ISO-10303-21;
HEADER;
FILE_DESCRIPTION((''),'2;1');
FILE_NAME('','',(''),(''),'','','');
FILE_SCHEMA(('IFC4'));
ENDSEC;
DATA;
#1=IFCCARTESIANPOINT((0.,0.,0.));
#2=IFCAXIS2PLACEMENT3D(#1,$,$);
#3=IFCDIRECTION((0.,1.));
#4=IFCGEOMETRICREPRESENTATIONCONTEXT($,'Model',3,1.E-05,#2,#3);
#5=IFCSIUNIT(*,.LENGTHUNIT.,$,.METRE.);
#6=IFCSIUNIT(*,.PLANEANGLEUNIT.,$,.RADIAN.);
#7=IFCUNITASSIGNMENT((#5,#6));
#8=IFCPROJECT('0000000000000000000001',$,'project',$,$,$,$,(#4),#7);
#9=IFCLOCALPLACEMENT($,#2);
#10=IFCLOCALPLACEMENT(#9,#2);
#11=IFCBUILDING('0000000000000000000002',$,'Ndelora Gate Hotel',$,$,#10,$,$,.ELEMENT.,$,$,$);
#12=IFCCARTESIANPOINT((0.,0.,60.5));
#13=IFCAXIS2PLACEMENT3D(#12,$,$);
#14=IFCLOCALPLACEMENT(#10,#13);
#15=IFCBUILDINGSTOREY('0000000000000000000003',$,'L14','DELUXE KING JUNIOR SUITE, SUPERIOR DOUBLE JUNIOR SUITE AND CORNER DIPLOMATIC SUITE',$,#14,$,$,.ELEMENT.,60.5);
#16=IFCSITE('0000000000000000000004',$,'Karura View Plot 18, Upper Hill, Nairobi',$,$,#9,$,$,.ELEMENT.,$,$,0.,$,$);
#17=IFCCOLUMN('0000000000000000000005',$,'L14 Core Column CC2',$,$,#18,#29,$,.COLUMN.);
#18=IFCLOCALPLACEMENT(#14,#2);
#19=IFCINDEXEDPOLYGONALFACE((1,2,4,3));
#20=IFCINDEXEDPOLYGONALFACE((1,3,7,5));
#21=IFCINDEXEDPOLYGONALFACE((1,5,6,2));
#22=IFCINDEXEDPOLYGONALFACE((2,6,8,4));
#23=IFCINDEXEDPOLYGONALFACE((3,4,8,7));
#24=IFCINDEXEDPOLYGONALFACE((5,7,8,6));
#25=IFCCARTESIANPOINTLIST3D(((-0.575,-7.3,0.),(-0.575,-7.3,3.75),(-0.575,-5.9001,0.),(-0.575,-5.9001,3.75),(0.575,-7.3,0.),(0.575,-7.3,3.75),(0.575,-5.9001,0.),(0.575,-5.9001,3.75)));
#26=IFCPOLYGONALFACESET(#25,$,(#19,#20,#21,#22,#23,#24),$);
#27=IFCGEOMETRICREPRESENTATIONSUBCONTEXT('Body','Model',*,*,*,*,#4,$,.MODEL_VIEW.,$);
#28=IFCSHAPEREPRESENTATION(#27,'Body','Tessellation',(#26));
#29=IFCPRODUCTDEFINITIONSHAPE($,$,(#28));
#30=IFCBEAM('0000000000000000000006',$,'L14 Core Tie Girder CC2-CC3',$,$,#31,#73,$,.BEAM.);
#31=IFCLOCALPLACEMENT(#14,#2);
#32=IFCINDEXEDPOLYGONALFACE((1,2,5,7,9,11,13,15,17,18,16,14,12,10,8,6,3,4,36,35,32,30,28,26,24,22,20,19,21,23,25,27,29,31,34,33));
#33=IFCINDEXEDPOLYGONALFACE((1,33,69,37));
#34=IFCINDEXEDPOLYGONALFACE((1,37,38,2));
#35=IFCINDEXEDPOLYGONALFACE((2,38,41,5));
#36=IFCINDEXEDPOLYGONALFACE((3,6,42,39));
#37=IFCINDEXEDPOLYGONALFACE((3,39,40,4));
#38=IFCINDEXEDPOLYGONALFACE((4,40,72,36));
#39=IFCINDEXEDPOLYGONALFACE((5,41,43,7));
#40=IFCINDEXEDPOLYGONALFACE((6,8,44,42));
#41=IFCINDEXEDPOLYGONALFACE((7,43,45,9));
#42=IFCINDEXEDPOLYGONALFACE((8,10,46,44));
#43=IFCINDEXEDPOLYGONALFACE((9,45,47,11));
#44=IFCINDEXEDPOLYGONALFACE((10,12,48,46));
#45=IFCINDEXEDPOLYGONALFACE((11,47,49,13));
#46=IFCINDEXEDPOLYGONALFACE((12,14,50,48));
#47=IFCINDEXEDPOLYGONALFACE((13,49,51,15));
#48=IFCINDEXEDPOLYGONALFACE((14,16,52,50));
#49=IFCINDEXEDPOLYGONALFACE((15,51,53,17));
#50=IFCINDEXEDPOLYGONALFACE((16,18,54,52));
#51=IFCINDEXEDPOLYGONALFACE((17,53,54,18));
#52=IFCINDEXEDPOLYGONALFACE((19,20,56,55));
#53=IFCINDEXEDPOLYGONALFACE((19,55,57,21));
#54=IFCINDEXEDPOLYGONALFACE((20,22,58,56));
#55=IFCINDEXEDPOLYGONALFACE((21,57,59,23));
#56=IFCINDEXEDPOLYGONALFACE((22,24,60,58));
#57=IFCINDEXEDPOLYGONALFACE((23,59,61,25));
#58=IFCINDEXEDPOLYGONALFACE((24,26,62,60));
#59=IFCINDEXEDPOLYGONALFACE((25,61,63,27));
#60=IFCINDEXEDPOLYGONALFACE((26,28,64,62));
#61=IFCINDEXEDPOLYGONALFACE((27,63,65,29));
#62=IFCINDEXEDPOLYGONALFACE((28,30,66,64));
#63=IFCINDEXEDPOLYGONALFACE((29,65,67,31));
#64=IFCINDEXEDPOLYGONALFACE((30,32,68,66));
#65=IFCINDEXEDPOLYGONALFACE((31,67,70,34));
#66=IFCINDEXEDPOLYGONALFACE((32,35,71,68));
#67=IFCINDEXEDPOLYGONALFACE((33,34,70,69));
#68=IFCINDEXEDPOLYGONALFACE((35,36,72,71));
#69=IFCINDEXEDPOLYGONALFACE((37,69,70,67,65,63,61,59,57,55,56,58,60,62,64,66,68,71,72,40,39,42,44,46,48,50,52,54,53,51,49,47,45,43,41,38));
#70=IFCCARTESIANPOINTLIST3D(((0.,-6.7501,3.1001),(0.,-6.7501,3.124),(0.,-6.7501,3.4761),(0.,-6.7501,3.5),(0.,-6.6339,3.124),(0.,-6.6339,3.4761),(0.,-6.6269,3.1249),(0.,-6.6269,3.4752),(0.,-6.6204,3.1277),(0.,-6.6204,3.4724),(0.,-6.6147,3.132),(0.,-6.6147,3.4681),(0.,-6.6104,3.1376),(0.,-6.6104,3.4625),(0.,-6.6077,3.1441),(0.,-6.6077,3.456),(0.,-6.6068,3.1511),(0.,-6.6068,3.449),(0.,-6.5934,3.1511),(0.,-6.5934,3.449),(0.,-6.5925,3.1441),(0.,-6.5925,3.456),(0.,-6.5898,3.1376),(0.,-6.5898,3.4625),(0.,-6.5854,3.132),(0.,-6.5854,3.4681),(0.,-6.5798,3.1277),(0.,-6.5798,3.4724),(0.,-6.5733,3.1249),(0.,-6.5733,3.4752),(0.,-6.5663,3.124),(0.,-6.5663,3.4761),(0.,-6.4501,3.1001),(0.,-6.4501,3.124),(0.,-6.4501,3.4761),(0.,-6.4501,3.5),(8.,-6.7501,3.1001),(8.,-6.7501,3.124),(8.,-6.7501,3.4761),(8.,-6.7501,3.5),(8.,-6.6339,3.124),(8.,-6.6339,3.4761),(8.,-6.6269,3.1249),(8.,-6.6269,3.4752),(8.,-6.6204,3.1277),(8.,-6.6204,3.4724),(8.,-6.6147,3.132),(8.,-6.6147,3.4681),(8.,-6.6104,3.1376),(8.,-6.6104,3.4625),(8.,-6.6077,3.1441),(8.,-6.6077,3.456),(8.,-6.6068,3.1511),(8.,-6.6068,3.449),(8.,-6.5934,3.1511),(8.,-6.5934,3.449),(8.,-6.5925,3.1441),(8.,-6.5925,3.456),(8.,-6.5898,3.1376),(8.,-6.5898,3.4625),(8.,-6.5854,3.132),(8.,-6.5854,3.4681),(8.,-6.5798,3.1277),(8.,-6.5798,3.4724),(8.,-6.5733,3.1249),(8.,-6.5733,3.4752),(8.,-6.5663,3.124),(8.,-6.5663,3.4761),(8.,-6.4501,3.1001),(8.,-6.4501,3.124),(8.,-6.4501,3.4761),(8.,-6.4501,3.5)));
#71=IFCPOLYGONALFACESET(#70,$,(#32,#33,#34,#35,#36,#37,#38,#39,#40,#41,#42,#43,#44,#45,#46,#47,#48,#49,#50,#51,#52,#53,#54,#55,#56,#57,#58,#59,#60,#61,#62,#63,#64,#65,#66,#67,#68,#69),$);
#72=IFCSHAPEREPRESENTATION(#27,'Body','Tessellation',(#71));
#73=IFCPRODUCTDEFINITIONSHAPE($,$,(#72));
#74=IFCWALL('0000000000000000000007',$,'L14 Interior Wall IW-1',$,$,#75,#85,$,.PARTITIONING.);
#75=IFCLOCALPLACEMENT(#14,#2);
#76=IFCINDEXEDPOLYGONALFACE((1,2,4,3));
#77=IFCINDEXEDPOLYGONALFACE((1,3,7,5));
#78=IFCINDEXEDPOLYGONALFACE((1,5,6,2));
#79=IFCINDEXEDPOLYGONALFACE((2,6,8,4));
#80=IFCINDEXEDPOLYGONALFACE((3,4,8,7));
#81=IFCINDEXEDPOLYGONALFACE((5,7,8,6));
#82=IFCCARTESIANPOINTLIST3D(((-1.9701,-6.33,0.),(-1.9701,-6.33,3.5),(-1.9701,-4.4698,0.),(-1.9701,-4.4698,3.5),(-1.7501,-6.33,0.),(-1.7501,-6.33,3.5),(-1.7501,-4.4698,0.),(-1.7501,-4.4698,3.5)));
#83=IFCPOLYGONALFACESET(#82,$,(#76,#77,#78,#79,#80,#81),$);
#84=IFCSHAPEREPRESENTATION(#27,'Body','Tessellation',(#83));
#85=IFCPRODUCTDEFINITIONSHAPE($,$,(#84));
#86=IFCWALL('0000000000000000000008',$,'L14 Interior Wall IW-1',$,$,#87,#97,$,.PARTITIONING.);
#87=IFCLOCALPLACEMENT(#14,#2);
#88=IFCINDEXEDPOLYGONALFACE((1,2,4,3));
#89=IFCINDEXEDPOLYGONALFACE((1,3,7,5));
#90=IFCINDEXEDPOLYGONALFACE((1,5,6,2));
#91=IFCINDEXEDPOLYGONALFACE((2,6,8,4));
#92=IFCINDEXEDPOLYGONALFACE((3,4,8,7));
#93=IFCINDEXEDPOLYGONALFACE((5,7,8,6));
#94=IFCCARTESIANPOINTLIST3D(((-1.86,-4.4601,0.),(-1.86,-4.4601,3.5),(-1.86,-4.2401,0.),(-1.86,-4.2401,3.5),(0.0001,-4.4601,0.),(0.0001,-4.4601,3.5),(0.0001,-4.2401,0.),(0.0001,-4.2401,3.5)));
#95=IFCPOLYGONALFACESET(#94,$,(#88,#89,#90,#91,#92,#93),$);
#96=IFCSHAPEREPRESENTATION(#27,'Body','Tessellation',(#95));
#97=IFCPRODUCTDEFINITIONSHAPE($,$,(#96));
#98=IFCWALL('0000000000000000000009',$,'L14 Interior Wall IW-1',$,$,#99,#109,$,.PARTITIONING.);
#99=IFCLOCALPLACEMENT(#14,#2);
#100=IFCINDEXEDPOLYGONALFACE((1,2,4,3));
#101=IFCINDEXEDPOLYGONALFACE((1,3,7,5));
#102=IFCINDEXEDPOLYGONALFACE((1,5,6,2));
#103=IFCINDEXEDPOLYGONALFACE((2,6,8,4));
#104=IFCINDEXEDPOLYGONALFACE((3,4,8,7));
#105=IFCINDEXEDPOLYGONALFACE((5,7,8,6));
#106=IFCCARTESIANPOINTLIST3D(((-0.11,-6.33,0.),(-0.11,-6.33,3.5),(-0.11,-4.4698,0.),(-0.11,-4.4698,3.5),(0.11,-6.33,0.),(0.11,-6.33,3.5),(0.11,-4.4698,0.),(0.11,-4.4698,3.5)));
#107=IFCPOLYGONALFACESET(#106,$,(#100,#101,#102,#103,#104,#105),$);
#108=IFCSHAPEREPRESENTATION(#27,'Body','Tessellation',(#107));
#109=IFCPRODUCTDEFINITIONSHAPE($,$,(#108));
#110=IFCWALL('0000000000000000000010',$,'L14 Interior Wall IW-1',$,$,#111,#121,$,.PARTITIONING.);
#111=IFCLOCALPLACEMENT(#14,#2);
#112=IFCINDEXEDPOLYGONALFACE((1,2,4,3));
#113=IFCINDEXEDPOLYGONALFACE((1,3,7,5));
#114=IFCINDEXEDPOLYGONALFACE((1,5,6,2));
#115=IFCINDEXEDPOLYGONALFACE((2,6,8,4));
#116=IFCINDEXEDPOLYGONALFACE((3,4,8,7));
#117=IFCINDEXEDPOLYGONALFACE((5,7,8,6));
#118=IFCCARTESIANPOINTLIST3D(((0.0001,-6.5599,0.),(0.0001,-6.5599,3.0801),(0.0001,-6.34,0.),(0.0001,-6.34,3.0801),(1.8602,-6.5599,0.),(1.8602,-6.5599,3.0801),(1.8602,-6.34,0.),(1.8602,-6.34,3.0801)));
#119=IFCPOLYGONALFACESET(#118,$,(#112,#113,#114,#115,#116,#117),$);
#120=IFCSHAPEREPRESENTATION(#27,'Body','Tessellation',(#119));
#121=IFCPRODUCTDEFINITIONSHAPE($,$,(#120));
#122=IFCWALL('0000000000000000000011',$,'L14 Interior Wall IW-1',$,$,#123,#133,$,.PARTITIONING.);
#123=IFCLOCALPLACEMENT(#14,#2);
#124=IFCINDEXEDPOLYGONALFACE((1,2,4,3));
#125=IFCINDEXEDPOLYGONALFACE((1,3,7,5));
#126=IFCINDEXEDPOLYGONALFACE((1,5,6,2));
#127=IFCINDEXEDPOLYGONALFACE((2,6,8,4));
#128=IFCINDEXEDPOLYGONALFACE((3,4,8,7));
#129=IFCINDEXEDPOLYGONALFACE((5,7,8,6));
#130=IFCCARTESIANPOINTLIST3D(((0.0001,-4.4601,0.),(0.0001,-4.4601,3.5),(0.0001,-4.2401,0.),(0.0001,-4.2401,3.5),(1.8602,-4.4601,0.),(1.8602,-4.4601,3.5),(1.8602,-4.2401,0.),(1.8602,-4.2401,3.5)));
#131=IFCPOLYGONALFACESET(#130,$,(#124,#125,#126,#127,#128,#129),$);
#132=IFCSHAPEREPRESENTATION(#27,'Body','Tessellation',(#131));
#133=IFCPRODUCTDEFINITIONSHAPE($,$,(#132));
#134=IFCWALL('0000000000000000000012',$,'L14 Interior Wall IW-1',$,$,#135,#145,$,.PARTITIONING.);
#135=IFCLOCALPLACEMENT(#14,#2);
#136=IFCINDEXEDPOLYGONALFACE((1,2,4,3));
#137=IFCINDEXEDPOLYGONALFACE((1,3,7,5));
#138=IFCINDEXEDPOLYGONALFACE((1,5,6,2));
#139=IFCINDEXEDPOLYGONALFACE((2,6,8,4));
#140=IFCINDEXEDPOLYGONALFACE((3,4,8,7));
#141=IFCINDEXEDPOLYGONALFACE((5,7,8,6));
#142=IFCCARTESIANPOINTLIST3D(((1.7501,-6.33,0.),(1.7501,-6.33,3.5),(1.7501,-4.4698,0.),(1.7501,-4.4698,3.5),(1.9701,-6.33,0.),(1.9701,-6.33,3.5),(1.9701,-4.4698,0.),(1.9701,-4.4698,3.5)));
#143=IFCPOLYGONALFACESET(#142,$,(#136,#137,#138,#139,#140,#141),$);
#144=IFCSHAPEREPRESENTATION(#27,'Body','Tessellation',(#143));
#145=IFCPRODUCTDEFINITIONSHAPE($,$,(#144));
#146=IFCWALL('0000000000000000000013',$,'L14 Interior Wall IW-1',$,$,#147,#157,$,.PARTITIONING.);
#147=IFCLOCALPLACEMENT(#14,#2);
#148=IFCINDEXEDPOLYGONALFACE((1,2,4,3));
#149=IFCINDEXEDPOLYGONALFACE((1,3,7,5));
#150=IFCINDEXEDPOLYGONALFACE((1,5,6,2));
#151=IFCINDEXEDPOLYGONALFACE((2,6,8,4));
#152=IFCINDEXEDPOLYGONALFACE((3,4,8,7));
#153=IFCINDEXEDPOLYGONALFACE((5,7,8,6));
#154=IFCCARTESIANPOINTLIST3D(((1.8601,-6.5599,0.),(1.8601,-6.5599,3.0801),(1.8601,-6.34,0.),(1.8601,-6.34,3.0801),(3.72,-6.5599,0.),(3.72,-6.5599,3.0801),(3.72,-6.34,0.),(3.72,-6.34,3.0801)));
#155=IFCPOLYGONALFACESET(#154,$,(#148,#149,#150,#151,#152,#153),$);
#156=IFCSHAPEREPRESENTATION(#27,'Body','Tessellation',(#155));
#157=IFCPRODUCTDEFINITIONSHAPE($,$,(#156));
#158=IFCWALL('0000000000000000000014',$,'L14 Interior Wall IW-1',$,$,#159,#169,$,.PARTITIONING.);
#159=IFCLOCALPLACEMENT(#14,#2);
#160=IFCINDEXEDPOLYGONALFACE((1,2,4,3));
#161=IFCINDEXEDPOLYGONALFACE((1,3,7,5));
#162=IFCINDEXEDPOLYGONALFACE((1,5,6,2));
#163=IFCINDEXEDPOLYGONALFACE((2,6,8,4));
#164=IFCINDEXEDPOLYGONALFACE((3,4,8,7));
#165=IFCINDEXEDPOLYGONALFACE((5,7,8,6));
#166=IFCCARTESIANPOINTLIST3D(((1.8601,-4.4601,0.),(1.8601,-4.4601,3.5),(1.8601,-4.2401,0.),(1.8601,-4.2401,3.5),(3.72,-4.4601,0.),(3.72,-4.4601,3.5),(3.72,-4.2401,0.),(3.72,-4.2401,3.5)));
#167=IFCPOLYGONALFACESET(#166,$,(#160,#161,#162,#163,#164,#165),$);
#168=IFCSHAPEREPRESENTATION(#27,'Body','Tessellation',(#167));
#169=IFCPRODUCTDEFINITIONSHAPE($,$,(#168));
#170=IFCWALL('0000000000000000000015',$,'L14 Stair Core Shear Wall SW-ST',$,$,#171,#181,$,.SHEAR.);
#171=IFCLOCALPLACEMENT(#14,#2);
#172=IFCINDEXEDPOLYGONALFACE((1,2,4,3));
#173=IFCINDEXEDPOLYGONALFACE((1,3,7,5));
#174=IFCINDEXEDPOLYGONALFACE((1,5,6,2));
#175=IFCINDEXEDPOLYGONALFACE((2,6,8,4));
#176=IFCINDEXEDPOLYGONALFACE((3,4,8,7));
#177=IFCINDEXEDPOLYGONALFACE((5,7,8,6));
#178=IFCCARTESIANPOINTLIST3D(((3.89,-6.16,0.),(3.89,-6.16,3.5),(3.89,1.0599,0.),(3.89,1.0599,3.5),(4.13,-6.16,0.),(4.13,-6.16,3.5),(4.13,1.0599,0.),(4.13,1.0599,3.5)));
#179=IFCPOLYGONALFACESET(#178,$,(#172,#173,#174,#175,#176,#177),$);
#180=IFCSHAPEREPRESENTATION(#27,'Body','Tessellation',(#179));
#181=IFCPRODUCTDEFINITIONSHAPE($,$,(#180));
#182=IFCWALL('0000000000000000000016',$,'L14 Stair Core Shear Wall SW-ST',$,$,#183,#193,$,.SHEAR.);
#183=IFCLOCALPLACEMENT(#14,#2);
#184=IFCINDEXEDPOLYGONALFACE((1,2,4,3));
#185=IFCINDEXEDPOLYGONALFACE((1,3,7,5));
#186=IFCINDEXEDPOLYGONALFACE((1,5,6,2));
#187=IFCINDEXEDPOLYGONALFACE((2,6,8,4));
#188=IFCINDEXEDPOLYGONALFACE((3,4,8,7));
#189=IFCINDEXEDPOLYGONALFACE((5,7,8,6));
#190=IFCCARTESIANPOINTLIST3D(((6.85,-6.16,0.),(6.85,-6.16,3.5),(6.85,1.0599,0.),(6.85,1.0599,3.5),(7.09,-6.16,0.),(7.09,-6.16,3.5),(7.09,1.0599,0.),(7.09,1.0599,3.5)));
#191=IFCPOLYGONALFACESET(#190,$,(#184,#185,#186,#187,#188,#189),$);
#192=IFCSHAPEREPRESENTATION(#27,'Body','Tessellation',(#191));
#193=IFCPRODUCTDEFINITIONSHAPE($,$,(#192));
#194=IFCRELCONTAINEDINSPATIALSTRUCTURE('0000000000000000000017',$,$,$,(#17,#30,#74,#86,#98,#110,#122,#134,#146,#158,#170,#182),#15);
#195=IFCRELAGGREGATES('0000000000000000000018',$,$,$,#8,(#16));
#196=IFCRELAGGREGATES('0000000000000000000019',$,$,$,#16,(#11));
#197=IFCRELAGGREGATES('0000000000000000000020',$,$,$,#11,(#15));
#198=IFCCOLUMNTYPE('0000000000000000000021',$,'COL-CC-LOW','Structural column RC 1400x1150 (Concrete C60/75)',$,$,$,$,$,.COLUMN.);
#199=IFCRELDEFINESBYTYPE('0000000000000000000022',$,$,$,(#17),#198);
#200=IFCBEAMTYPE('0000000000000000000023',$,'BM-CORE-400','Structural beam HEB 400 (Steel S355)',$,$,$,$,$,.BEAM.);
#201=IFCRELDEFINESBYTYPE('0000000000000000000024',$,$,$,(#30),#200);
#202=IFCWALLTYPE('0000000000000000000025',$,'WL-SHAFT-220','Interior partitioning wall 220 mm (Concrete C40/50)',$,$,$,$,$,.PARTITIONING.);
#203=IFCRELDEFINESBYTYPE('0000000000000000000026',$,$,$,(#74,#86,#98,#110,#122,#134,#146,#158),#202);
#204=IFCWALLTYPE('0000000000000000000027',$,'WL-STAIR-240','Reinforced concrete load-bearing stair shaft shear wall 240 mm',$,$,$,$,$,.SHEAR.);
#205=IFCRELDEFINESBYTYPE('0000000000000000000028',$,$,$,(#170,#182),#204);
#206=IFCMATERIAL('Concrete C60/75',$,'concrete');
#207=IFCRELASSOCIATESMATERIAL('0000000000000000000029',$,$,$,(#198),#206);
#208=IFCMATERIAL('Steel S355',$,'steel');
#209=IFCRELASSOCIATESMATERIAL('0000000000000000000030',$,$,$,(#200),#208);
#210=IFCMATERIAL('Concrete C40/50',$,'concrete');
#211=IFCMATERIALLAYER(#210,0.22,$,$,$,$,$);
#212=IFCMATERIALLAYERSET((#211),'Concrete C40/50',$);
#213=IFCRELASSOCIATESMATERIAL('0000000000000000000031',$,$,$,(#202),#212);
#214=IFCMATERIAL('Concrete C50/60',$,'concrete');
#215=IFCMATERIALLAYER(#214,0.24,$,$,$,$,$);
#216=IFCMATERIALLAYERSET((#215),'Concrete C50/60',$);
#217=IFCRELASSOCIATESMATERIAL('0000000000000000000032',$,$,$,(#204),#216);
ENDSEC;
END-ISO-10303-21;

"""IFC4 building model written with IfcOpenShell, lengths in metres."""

from ifc_helpers import new_model, si_unit, direction, frame, frame_2d, origin, origin_2d, place, context, subcontext, project, spatial, rectangle, i_section, extrude, material, layer, layer_set, material_profile, profile_set, type_object, element, save


model = new_model("IFC4")

# Units and contexts
model_context = context("Model", 3, precision=1e-05, world=origin(), true_north=direction((0.0, 1.0)))
body_context = subcontext(model_context, "Body", "Model", "MODEL_VIEW")
ifc_project = project(units=[si_unit("LENGTHUNIT", "METRE"), si_unit("PLANEANGLEUNIT", "RADIAN")], contexts=[model_context])

# Site, building, storey
site_placement = place(None, origin())
site = spatial("IfcSite", under=ifc_project, at=site_placement, Name="Karura View Plot 18, Upper Hill, Nairobi", CompositionType="ELEMENT", RefElevation=0.0)
building_placement = place(site_placement, origin())
building = spatial("IfcBuilding", under=site, at=building_placement, Name="Ndelora Gate Hotel", CompositionType="ELEMENT")
storey_placement = place(building_placement, frame((0.0, 0.0, 60.5)))
storey = spatial("IfcBuildingStorey", under=building, at=storey_placement, Name="L14", Description="DELUXE KING JUNIOR SUITE, SUPERIOR DOUBLE JUNIOR SUITE AND CORNER DIPLOMATIC SUITE", CompositionType="ELEMENT", Elevation=60.5)

# Column
ifc_material_1 = material(Name="Concrete C60/75", Category="concrete")
ifc_material_profile_1 = material_profile(ifc_material_1, rectangle(XDim=1.1499, YDim=1.3999, at=origin_2d()), Name="RC 1400x1150")
ifc_profile_set_1 = profile_set([ifc_material_profile_1], Name="Concrete C60/75")
column_type = type_object("IfcColumnType", Name="COL-CC-LOW", Description="Structural column RC 1400x1150 (Concrete C60/75)", PredefinedType="COLUMN", material=ifc_profile_set_1)
column_placement = place(storey_placement, frame((0.0, -6.6001, 0.0), z_axis=(0.0, 0.0, 1.0), x_axis=(1.0, 0.0, 0.0)))
element("IfcColumn", 1, at=column_placement, inside=storey, type_object=column_type, Name="L14 Core Column CC2", PredefinedType="COLUMN", context=body_context, shape_type="SweptSolid", body=[
    extrude(rectangle(XDim=1.1499, YDim=1.3999, at=origin_2d()), origin(), (0.0, 0.0, 1.0), 3.75),
])

# Beam
ifc_material_2 = material(Name="Steel S355", Category="steel")
ifc_material_profile_2 = material_profile(ifc_material_2, i_section(OverallWidth=0.3, OverallDepth=0.3999, WebThickness=0.0134, FlangeThickness=0.0239, FilletRadius=0.0271, at=origin_2d()), Name="HEB 400")
ifc_profile_set_2 = profile_set([ifc_material_profile_2], Name="Steel S355")
beam_type = type_object("IfcBeamType", Name="BM-CORE-400", Description="Structural beam HEB 400 (Steel S355)", PredefinedType="BEAM", material=ifc_profile_set_2)
beam_placement = place(storey_placement, frame((0.0, -6.6001, 3.3), z_axis=(1.0, 0.0, 0.0), x_axis=(0.0, 1.0, 0.0)))
element("IfcBeam", 2, at=beam_placement, inside=storey, type_object=beam_type, Name="L14 Core Tie Girder CC2-CC3", PredefinedType="BEAM", context=body_context, shape_type="SweptSolid", body=[
    extrude(i_section(OverallWidth=0.3, OverallDepth=0.3999, WebThickness=0.0134, FlangeThickness=0.0239, FilletRadius=0.0271, at=origin_2d()), origin(), (0.0, 0.0, 1.0), 8.0),
])

# Wall
ifc_material_3 = material(Name="Concrete C40/50", Category="concrete")
ifc_layer_1 = layer(ifc_material_3, 0.22)
ifc_layer_set_1 = layer_set([ifc_layer_1], Name="Concrete C40/50")
wall_type_1 = type_object("IfcWallType", Name="WL-SHAFT-220", Description="Interior partitioning wall 220 mm (Concrete C40/50)", PredefinedType="PARTITIONING", material=ifc_layer_set_1)
wall_1_placement = place(storey_placement, frame((-1.8601, -6.3301, 0.0), z_axis=(0.0, 0.0, 1.0), x_axis=(0.0, 1.0, 0.0)))
element("IfcWall", 3, at=wall_1_placement, inside=storey, type_object=wall_type_1, Name="L14 Interior Wall IW-1", PredefinedType="PARTITIONING", context=body_context, shape_type="SweptSolid", body=[
    extrude(rectangle(XDim=1.8601, YDim=0.22, at=frame_2d((0.9302, 0.0))), origin(), (0.0, 0.0, 1.0), 3.5),
])

# Walls
for number, where, z_axis, x_axis, name in (
    (4, (-1.8601, -4.3501, 0.0), (0.0, 0.0, 1.0), (1.0, 0.0, 0.0), "L14 Interior Wall IW-1"),
    (5, (0.0, -6.3301, 0.0), (0.0, 0.0, 1.0), (0.0, 1.0, 0.0), "L14 Interior Wall IW-1"),
):
    element("IfcWall", number, at=place(storey_placement, frame(where, z_axis=z_axis, x_axis=x_axis)), inside=storey, type_object=wall_type_1, Name=name, PredefinedType="PARTITIONING", context=body_context, shape_type="SweptSolid", body=[
        extrude(rectangle(XDim=1.8601, YDim=0.22, at=frame_2d((0.9302, 0.0))), origin(), (0.0, 0.0, 1.0), 3.5),
    ])
wall_2_placement = place(storey_placement, frame((0.0, -6.45, 0.0), z_axis=(0.0, 0.0, 1.0), x_axis=(1.0, 0.0, 0.0)))
element("IfcWall", 6, at=wall_2_placement, inside=storey, type_object=wall_type_1, Name="L14 Interior Wall IW-1", PredefinedType="PARTITIONING", context=body_context, shape_type="SweptSolid", body=[
    extrude(rectangle(XDim=1.8601, YDim=0.22, at=frame_2d((0.9302, 0.0))), origin(), (0.0, 0.0, 1.0), 3.0801),
])
for number, where, z_axis, x_axis, name in (
    (7, (0.0, -4.3501, 0.0), (0.0, 0.0, 1.0), (1.0, 0.0, 0.0), "L14 Interior Wall IW-1"),
    (8, (1.8601, -6.3301, 0.0), (0.0, 0.0, 1.0), (0.0, 1.0, 0.0), "L14 Interior Wall IW-1"),
):
    element("IfcWall", number, at=place(storey_placement, frame(where, z_axis=z_axis, x_axis=x_axis)), inside=storey, type_object=wall_type_1, Name=name, PredefinedType="PARTITIONING", context=body_context, shape_type="SweptSolid", body=[
        extrude(rectangle(XDim=1.8601, YDim=0.22, at=frame_2d((0.9302, 0.0))), origin(), (0.0, 0.0, 1.0), 3.5),
    ])
wall_3_placement = place(storey_placement, frame((1.8601, -6.45, 0.0), z_axis=(0.0, 0.0, 1.0), x_axis=(1.0, 0.0, 0.0)))
element("IfcWall", 9, at=wall_3_placement, inside=storey, type_object=wall_type_1, Name="L14 Interior Wall IW-1", PredefinedType="PARTITIONING", context=body_context, shape_type="SweptSolid", body=[
    extrude(rectangle(XDim=1.8599, YDim=0.22, at=frame_2d((0.9299, 0.0))), origin(), (0.0, 0.0, 1.0), 3.0801),
])
wall_4_placement = place(storey_placement, frame((1.8601, -4.3501, 0.0), z_axis=(0.0, 0.0, 1.0), x_axis=(1.0, 0.0, 0.0)))
element("IfcWall", 10, at=wall_4_placement, inside=storey, type_object=wall_type_1, Name="L14 Interior Wall IW-1", PredefinedType="PARTITIONING", context=body_context, shape_type="SweptSolid", body=[
    extrude(rectangle(XDim=1.8599, YDim=0.22, at=frame_2d((0.9299, 0.0))), origin(), (0.0, 0.0, 1.0), 3.5),
])
ifc_material_4 = material(Name="Concrete C50/60", Category="concrete")
ifc_layer_2 = layer(ifc_material_4, 0.24)
ifc_layer_set_2 = layer_set([ifc_layer_2], Name="Concrete C50/60")
wall_type_2 = type_object("IfcWallType", Name="WL-STAIR-240", Description="Reinforced concrete load-bearing stair shaft shear wall 240 mm", PredefinedType="SHEAR", material=ifc_layer_set_2)
for number, where, z_axis, x_axis, name in (
    (11, (4.01, -6.1599, 0.0), (0.0, 0.0, 1.0), (0.0, 1.0, 0.0), "L14 Stair Core Shear Wall SW-ST"),
    (12, (6.97, -6.1599, 0.0), (0.0, 0.0, 1.0), (0.0, 1.0, 0.0), "L14 Stair Core Shear Wall SW-ST"),
):
    element("IfcWall", number, at=place(storey_placement, frame(where, z_axis=z_axis, x_axis=x_axis)), inside=storey, type_object=wall_type_2, Name=name, PredefinedType="SHEAR", context=body_context, shape_type="SweptSolid", body=[
        extrude(rectangle(XDim=7.22, YDim=0.24, at=frame_2d((3.6099, 0.0))), origin(), (0.0, 0.0, 1.0), 3.5),
    ])

save(model, "model.ifc")
